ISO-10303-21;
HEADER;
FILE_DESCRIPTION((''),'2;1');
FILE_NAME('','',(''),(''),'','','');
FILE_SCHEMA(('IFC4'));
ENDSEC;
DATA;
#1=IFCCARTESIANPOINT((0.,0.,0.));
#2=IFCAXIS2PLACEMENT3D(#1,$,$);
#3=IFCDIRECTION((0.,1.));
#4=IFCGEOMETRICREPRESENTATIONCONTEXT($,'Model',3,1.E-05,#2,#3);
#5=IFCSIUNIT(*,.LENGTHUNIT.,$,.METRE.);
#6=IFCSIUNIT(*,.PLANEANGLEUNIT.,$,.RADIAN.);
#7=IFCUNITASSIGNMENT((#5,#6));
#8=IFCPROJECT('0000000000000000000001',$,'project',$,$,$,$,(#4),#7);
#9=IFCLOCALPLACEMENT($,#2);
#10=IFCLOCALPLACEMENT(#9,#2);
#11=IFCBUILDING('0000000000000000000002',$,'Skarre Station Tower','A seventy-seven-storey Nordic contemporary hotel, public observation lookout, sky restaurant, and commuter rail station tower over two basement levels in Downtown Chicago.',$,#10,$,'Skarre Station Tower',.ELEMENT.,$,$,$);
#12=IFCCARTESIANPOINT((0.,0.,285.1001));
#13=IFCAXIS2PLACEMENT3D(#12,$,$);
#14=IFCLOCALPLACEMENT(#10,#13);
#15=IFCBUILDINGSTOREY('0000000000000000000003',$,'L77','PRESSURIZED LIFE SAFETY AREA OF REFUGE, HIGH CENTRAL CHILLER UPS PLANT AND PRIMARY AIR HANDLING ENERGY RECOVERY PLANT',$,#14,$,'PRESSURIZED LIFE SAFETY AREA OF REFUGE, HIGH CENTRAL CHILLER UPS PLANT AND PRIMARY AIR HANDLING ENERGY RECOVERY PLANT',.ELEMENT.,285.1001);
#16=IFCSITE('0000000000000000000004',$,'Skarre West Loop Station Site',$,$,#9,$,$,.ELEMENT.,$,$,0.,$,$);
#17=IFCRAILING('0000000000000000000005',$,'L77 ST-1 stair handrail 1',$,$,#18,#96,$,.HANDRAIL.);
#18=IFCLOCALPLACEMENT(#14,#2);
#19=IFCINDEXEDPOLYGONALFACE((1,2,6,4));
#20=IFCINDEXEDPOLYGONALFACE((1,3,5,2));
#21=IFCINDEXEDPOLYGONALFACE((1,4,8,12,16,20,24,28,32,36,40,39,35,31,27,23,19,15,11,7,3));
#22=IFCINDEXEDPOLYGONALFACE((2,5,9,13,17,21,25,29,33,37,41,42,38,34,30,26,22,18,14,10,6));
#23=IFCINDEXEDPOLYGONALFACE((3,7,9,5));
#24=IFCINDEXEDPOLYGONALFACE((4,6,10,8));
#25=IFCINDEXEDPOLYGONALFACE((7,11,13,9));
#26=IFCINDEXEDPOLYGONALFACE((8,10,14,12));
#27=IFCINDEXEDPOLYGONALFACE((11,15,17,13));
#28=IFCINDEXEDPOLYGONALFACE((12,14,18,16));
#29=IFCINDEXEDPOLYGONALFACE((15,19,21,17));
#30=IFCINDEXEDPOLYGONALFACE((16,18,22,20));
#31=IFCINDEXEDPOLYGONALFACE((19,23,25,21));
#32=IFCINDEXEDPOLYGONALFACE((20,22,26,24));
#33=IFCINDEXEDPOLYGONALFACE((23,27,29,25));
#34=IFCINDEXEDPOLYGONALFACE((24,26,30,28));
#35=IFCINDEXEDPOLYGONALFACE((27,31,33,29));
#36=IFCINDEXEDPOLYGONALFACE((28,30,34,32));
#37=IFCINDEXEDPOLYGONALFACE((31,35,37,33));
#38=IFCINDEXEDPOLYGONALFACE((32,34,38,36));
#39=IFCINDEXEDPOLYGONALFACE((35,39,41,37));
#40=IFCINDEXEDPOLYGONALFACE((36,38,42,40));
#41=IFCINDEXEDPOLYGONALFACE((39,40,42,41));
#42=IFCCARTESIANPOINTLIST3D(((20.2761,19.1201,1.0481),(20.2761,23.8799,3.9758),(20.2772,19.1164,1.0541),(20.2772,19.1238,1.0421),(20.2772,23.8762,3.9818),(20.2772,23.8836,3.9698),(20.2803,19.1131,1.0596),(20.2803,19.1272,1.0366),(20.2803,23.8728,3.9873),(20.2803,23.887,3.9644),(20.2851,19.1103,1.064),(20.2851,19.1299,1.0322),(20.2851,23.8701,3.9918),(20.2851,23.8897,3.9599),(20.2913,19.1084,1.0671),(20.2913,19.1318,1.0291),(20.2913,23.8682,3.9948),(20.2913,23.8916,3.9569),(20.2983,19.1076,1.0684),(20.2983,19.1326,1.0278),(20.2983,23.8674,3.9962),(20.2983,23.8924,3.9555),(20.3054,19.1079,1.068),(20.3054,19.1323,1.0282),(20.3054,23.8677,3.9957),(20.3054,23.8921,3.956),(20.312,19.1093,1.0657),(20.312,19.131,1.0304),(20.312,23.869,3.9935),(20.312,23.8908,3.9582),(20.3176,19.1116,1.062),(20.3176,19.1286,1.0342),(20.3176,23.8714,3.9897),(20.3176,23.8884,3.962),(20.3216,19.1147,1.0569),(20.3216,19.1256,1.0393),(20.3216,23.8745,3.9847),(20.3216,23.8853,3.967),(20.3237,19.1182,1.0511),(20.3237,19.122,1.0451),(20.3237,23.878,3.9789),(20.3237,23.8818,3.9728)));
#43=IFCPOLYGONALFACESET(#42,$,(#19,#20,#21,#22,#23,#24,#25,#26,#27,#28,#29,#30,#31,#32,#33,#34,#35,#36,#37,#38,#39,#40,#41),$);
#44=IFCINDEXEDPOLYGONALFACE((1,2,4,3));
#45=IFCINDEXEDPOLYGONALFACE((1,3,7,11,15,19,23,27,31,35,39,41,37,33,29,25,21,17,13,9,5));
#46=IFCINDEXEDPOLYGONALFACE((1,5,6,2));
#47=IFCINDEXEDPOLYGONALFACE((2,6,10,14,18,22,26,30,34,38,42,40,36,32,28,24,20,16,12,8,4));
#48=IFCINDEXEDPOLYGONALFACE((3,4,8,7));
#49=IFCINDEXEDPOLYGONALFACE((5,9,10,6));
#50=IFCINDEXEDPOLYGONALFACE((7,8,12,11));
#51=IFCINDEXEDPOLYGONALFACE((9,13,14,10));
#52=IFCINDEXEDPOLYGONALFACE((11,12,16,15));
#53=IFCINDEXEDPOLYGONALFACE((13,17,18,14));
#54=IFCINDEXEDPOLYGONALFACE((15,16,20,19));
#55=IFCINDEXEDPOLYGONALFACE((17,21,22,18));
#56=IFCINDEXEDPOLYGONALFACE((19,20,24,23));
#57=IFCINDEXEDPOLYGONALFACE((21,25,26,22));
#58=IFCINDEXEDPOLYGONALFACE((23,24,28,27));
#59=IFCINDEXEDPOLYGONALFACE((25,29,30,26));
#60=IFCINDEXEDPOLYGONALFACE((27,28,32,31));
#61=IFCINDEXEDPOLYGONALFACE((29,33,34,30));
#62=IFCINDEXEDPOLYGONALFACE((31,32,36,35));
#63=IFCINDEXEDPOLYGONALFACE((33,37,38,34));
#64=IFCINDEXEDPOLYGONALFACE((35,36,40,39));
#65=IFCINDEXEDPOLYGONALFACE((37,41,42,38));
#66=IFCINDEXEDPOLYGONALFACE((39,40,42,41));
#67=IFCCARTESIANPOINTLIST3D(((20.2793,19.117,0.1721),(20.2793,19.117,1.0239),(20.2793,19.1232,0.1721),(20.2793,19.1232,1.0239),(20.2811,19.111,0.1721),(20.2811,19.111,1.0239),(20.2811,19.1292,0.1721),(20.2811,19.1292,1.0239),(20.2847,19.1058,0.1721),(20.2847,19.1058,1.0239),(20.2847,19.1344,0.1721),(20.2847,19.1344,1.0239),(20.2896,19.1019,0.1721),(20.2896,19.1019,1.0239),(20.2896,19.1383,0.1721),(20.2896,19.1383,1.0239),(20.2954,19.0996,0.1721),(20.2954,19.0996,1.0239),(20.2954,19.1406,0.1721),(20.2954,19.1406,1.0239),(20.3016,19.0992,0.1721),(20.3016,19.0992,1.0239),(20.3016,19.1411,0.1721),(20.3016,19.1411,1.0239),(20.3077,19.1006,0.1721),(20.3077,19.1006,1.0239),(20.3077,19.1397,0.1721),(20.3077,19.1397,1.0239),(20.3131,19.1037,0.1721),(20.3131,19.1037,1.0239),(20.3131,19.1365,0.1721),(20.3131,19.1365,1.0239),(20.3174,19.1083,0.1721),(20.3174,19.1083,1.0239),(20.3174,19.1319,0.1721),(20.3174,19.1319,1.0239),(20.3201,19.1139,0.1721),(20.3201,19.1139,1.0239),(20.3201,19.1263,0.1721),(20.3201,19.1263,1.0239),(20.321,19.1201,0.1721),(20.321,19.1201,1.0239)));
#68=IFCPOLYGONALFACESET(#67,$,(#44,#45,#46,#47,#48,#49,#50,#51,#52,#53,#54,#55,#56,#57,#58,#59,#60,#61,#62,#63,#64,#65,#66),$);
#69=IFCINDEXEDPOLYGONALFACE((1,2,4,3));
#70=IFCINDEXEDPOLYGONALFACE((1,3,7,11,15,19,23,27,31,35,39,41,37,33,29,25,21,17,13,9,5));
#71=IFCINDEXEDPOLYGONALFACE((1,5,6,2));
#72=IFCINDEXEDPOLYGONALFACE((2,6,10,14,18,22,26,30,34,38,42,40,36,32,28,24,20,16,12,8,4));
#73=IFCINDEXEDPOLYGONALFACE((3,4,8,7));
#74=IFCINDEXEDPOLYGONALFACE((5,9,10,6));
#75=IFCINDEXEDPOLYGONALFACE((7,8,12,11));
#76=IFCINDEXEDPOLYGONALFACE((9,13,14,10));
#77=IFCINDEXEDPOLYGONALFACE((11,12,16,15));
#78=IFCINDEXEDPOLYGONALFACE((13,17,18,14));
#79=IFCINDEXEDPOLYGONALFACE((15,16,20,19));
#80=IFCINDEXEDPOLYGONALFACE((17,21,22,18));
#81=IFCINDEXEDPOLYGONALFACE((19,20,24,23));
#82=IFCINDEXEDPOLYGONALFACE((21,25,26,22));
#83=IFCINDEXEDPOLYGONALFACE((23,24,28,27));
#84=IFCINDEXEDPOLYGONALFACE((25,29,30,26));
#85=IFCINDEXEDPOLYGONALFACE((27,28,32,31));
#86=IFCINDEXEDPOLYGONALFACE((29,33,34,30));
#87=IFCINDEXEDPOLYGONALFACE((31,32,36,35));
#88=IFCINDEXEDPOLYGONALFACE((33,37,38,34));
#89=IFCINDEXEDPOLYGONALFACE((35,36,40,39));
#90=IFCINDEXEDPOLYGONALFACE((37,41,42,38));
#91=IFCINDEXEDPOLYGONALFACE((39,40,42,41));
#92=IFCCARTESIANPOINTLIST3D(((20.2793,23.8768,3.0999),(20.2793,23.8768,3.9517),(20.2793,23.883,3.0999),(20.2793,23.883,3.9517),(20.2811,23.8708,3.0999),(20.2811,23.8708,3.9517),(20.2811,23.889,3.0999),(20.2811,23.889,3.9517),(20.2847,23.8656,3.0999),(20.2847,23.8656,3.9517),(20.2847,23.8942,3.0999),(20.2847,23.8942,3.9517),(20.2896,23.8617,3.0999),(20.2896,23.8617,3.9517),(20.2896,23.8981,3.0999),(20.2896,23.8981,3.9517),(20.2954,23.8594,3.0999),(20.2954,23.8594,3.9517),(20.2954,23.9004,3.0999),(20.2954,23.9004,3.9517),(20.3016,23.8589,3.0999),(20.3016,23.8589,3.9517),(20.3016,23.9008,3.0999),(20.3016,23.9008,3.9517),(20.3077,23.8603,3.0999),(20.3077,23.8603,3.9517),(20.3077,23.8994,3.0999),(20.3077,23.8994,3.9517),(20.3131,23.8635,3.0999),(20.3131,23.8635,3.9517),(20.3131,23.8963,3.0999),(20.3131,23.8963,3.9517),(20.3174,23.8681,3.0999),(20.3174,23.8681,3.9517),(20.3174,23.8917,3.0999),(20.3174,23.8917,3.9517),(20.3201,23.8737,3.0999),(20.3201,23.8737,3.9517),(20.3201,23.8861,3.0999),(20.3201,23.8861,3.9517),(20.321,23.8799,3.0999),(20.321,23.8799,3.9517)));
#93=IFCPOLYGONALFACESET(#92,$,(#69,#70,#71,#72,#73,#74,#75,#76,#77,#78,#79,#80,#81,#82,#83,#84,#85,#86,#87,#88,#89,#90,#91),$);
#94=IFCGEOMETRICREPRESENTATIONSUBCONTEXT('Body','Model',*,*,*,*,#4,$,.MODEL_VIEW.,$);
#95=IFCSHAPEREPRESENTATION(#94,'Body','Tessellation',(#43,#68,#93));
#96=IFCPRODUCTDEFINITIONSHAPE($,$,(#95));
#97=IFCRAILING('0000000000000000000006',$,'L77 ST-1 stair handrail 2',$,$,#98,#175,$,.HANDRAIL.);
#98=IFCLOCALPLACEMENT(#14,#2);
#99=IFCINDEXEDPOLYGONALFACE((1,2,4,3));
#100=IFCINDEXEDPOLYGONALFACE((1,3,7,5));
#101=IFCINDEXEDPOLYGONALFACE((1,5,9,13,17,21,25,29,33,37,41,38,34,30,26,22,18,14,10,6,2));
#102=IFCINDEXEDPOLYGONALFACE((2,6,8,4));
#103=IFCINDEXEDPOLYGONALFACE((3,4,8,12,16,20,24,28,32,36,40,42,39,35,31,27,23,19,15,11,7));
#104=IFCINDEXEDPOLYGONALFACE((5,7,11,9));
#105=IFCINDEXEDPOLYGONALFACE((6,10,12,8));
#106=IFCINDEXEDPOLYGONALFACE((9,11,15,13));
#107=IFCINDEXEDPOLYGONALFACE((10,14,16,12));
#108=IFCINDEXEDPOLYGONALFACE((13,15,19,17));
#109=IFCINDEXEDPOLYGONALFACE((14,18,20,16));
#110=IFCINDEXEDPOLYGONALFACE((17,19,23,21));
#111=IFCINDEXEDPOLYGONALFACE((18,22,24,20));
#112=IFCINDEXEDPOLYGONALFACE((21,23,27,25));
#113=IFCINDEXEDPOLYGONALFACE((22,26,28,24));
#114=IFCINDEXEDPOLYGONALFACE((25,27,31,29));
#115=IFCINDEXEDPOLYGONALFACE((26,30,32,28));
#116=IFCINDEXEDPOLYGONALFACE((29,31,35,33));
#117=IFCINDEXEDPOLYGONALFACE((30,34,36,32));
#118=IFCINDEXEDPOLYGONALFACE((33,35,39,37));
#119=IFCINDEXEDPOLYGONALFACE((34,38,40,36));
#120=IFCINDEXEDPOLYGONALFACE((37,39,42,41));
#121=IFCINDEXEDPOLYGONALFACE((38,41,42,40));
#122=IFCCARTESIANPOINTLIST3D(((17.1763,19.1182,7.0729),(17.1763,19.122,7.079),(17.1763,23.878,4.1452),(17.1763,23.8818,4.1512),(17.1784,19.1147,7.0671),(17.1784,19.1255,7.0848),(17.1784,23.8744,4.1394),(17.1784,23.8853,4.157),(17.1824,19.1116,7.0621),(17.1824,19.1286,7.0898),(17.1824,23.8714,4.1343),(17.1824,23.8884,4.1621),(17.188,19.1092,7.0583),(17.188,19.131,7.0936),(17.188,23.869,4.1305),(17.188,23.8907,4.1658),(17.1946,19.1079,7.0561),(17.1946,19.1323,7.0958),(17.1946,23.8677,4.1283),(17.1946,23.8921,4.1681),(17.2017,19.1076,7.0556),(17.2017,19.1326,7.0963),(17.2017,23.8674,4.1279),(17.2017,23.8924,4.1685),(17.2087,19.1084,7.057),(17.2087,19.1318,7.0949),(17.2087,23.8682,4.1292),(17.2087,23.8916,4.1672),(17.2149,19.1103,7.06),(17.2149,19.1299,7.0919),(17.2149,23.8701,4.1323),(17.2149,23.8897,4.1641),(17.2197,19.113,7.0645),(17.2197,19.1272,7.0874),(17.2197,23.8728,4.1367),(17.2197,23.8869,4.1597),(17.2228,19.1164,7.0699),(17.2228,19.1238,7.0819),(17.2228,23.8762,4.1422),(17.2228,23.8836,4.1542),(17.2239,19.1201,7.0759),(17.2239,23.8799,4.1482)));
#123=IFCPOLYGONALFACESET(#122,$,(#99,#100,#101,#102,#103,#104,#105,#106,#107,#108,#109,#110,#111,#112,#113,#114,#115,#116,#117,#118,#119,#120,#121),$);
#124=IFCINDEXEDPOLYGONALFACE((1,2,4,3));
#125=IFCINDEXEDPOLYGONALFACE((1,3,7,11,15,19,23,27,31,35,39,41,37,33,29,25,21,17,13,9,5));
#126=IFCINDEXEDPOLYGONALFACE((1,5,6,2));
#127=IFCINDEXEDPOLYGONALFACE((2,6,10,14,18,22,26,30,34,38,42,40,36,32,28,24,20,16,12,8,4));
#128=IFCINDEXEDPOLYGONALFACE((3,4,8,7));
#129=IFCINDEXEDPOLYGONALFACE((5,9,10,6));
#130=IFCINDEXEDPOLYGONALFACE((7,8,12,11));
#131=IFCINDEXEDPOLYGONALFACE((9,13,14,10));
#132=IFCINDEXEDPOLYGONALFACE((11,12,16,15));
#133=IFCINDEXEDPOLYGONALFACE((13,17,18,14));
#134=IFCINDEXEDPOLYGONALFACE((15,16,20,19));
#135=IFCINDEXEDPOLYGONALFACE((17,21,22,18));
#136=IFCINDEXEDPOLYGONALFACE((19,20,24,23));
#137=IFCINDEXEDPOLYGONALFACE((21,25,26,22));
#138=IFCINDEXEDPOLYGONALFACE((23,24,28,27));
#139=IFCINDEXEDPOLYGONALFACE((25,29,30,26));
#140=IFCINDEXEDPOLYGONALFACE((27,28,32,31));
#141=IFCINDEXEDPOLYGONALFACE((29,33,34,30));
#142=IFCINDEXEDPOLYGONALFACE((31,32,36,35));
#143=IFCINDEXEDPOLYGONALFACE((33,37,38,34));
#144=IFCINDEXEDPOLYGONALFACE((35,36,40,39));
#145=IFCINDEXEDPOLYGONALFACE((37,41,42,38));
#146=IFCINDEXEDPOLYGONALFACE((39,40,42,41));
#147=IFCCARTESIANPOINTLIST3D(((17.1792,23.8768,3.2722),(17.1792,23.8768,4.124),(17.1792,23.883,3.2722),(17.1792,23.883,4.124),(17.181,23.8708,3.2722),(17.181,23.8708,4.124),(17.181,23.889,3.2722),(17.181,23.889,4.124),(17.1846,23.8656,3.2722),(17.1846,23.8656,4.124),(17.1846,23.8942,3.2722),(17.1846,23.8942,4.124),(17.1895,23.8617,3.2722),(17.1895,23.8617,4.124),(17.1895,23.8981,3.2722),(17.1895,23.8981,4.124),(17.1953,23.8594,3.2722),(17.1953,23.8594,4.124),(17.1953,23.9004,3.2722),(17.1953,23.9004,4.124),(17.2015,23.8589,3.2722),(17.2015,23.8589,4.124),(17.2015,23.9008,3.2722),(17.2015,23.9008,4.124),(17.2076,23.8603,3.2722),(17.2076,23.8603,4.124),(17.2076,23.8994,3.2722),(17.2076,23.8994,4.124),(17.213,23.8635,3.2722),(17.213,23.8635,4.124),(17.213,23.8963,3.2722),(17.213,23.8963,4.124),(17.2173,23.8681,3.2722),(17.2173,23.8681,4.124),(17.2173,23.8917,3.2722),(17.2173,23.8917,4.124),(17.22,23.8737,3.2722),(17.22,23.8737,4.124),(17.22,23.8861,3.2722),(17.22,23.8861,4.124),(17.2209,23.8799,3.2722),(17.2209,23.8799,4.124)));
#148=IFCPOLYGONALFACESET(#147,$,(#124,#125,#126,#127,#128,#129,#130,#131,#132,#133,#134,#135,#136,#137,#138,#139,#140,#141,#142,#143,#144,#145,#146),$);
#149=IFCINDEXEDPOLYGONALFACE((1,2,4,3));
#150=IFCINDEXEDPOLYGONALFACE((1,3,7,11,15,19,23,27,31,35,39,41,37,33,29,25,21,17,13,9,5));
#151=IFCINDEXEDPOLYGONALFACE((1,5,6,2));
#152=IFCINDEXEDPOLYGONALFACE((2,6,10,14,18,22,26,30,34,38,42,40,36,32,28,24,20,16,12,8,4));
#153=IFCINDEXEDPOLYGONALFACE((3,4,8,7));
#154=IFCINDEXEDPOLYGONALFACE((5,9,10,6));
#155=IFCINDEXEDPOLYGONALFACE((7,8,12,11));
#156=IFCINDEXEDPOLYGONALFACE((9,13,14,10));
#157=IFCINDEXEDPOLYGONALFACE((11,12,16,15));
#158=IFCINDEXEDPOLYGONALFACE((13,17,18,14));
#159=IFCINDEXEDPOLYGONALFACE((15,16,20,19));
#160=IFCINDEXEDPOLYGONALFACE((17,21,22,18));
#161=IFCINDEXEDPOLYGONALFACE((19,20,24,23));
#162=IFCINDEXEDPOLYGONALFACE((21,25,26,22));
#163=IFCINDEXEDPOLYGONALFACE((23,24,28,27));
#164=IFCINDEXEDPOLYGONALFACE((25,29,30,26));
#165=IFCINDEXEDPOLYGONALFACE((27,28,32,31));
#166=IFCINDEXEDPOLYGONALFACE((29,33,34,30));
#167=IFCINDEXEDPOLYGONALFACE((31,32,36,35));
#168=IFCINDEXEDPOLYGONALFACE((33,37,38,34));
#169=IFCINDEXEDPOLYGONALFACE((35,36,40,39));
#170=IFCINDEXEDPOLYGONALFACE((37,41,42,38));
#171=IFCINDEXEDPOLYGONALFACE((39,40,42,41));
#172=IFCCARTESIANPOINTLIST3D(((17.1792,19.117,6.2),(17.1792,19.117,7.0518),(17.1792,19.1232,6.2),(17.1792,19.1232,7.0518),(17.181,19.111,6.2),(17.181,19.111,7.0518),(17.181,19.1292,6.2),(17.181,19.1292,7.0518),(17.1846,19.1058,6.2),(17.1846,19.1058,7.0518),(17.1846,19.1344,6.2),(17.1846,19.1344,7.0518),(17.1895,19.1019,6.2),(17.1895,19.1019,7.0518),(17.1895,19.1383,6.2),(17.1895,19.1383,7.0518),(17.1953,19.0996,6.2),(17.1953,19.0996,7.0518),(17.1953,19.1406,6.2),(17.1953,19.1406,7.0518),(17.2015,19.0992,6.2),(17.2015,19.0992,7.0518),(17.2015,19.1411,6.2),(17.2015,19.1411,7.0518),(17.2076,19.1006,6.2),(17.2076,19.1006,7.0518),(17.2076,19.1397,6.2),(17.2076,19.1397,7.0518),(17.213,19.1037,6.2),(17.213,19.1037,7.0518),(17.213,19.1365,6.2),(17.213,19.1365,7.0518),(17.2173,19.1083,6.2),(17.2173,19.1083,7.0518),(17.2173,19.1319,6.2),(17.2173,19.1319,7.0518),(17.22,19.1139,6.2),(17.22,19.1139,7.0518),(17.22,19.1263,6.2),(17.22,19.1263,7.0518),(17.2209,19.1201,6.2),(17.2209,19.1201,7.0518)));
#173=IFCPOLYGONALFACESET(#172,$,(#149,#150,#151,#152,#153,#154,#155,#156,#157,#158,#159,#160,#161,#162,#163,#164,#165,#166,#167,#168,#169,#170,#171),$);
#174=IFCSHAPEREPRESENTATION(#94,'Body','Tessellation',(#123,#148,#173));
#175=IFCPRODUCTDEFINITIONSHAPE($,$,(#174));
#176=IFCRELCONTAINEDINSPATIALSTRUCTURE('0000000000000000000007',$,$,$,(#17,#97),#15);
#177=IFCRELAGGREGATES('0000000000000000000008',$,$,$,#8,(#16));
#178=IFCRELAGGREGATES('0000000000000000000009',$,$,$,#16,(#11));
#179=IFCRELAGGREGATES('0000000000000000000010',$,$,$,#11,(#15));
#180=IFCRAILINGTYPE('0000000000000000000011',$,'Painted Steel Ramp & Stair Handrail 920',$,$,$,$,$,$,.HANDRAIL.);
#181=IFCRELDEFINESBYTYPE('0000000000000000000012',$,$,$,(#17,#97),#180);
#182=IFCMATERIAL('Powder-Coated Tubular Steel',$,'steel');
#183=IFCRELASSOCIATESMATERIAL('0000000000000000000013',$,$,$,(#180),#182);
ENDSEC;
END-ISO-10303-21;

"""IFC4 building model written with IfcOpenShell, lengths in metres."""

from ifc_helpers import new_model, si_unit, direction, frame, origin, origin_2d, place, context, subcontext, project, spatial, circle, extrude, material, type_object, element, save


model = new_model("IFC4")

# Units and contexts
model_context = context("Model", 3, precision=1e-05, world=origin(), true_north=direction((0.0, 1.0)))
body_context = subcontext(model_context, "Body", "Model", "MODEL_VIEW")
ifc_project = project(units=[si_unit("LENGTHUNIT", "METRE"), si_unit("PLANEANGLEUNIT", "RADIAN")], contexts=[model_context])

# Site, building, storey
site_placement = place(None, origin())
site = spatial("IfcSite", under=ifc_project, at=site_placement, Name="Skarre West Loop Station Site", CompositionType="ELEMENT", RefElevation=0.0)
building_placement = place(site_placement, origin())
building = spatial("IfcBuilding", under=site, at=building_placement, Name="Skarre Station Tower", Description="A seventy-seven-storey Nordic contemporary hotel, public observation lookout, sky restaurant, and commuter rail station tower over two basement levels in Downtown Chicago.", LongName="Skarre Station Tower", CompositionType="ELEMENT")
storey_placement = place(building_placement, frame((0.0, 0.0, 285.1001)))
storey = spatial("IfcBuildingStorey", under=building, at=storey_placement, Name="L77", Description="PRESSURIZED LIFE SAFETY AREA OF REFUGE, HIGH CENTRAL CHILLER UPS PLANT AND PRIMARY AIR HANDLING ENERGY RECOVERY PLANT", LongName="PRESSURIZED LIFE SAFETY AREA OF REFUGE, HIGH CENTRAL CHILLER UPS PLANT AND PRIMARY AIR HANDLING ENERGY RECOVERY PLANT", CompositionType="ELEMENT", Elevation=285.1001)

# Railings
ifc_material_1 = material(Name="Powder-Coated Tubular Steel", Category="steel")
railing_type_1 = type_object("IfcRailingType", Name="Painted Steel Ramp & Stair Handrail 920", PredefinedType="HANDRAIL", material=ifc_material_1)
railing_1_placement = place(storey_placement, frame((20.3, 19.1201, 0.1721)))
element("IfcRailing", 1, at=railing_1_placement, inside=storey, type_object=railing_type_1, Name="L77 ST-1 stair handrail 1", PredefinedType="HANDRAIL", context=body_context, shape_type="SweptSolid", body=[
    extrude(circle(Radius=0.0239, at=origin_2d()), frame((0.0, 0.0, 0.876), z_axis=(0.0, 0.851766, 0.523922), x_axis=(-1.0, 0.0, 0.0)), (0.0, 0.0, 1.0), 5.5881),
    extrude(circle(Radius=0.021, at=origin_2d()), origin(), (0.0, 0.0, 1.0), 0.8518),
    extrude(circle(Radius=0.021, at=origin_2d()), frame((0.0, 4.7598, 2.9277)), (0.0, 0.0, 1.0), 0.8518),
])
railing_2_placement = place(storey_placement, frame((17.2, 23.8799, 3.2722)))
element("IfcRailing", 2, at=railing_2_placement, inside=storey, type_object=railing_type_1, Name="L77 ST-1 stair handrail 2", PredefinedType="HANDRAIL", context=body_context, shape_type="SweptSolid", body=[
    extrude(circle(Radius=0.0239, at=origin_2d()), frame((0.0, 0.0, 0.876), z_axis=(0.0, -0.851766, 0.523922), x_axis=(1.0, 0.0, 0.0)), (0.0, 0.0, 1.0), 5.5881),
    extrude(circle(Radius=0.021, at=origin_2d()), origin(), (0.0, 0.0, 1.0), 0.8518),
    extrude(circle(Radius=0.021, at=origin_2d()), frame((0.0, -4.7598, 2.9277)), (0.0, 0.0, 1.0), 0.8518),
])

save(model, "model.ifc")
